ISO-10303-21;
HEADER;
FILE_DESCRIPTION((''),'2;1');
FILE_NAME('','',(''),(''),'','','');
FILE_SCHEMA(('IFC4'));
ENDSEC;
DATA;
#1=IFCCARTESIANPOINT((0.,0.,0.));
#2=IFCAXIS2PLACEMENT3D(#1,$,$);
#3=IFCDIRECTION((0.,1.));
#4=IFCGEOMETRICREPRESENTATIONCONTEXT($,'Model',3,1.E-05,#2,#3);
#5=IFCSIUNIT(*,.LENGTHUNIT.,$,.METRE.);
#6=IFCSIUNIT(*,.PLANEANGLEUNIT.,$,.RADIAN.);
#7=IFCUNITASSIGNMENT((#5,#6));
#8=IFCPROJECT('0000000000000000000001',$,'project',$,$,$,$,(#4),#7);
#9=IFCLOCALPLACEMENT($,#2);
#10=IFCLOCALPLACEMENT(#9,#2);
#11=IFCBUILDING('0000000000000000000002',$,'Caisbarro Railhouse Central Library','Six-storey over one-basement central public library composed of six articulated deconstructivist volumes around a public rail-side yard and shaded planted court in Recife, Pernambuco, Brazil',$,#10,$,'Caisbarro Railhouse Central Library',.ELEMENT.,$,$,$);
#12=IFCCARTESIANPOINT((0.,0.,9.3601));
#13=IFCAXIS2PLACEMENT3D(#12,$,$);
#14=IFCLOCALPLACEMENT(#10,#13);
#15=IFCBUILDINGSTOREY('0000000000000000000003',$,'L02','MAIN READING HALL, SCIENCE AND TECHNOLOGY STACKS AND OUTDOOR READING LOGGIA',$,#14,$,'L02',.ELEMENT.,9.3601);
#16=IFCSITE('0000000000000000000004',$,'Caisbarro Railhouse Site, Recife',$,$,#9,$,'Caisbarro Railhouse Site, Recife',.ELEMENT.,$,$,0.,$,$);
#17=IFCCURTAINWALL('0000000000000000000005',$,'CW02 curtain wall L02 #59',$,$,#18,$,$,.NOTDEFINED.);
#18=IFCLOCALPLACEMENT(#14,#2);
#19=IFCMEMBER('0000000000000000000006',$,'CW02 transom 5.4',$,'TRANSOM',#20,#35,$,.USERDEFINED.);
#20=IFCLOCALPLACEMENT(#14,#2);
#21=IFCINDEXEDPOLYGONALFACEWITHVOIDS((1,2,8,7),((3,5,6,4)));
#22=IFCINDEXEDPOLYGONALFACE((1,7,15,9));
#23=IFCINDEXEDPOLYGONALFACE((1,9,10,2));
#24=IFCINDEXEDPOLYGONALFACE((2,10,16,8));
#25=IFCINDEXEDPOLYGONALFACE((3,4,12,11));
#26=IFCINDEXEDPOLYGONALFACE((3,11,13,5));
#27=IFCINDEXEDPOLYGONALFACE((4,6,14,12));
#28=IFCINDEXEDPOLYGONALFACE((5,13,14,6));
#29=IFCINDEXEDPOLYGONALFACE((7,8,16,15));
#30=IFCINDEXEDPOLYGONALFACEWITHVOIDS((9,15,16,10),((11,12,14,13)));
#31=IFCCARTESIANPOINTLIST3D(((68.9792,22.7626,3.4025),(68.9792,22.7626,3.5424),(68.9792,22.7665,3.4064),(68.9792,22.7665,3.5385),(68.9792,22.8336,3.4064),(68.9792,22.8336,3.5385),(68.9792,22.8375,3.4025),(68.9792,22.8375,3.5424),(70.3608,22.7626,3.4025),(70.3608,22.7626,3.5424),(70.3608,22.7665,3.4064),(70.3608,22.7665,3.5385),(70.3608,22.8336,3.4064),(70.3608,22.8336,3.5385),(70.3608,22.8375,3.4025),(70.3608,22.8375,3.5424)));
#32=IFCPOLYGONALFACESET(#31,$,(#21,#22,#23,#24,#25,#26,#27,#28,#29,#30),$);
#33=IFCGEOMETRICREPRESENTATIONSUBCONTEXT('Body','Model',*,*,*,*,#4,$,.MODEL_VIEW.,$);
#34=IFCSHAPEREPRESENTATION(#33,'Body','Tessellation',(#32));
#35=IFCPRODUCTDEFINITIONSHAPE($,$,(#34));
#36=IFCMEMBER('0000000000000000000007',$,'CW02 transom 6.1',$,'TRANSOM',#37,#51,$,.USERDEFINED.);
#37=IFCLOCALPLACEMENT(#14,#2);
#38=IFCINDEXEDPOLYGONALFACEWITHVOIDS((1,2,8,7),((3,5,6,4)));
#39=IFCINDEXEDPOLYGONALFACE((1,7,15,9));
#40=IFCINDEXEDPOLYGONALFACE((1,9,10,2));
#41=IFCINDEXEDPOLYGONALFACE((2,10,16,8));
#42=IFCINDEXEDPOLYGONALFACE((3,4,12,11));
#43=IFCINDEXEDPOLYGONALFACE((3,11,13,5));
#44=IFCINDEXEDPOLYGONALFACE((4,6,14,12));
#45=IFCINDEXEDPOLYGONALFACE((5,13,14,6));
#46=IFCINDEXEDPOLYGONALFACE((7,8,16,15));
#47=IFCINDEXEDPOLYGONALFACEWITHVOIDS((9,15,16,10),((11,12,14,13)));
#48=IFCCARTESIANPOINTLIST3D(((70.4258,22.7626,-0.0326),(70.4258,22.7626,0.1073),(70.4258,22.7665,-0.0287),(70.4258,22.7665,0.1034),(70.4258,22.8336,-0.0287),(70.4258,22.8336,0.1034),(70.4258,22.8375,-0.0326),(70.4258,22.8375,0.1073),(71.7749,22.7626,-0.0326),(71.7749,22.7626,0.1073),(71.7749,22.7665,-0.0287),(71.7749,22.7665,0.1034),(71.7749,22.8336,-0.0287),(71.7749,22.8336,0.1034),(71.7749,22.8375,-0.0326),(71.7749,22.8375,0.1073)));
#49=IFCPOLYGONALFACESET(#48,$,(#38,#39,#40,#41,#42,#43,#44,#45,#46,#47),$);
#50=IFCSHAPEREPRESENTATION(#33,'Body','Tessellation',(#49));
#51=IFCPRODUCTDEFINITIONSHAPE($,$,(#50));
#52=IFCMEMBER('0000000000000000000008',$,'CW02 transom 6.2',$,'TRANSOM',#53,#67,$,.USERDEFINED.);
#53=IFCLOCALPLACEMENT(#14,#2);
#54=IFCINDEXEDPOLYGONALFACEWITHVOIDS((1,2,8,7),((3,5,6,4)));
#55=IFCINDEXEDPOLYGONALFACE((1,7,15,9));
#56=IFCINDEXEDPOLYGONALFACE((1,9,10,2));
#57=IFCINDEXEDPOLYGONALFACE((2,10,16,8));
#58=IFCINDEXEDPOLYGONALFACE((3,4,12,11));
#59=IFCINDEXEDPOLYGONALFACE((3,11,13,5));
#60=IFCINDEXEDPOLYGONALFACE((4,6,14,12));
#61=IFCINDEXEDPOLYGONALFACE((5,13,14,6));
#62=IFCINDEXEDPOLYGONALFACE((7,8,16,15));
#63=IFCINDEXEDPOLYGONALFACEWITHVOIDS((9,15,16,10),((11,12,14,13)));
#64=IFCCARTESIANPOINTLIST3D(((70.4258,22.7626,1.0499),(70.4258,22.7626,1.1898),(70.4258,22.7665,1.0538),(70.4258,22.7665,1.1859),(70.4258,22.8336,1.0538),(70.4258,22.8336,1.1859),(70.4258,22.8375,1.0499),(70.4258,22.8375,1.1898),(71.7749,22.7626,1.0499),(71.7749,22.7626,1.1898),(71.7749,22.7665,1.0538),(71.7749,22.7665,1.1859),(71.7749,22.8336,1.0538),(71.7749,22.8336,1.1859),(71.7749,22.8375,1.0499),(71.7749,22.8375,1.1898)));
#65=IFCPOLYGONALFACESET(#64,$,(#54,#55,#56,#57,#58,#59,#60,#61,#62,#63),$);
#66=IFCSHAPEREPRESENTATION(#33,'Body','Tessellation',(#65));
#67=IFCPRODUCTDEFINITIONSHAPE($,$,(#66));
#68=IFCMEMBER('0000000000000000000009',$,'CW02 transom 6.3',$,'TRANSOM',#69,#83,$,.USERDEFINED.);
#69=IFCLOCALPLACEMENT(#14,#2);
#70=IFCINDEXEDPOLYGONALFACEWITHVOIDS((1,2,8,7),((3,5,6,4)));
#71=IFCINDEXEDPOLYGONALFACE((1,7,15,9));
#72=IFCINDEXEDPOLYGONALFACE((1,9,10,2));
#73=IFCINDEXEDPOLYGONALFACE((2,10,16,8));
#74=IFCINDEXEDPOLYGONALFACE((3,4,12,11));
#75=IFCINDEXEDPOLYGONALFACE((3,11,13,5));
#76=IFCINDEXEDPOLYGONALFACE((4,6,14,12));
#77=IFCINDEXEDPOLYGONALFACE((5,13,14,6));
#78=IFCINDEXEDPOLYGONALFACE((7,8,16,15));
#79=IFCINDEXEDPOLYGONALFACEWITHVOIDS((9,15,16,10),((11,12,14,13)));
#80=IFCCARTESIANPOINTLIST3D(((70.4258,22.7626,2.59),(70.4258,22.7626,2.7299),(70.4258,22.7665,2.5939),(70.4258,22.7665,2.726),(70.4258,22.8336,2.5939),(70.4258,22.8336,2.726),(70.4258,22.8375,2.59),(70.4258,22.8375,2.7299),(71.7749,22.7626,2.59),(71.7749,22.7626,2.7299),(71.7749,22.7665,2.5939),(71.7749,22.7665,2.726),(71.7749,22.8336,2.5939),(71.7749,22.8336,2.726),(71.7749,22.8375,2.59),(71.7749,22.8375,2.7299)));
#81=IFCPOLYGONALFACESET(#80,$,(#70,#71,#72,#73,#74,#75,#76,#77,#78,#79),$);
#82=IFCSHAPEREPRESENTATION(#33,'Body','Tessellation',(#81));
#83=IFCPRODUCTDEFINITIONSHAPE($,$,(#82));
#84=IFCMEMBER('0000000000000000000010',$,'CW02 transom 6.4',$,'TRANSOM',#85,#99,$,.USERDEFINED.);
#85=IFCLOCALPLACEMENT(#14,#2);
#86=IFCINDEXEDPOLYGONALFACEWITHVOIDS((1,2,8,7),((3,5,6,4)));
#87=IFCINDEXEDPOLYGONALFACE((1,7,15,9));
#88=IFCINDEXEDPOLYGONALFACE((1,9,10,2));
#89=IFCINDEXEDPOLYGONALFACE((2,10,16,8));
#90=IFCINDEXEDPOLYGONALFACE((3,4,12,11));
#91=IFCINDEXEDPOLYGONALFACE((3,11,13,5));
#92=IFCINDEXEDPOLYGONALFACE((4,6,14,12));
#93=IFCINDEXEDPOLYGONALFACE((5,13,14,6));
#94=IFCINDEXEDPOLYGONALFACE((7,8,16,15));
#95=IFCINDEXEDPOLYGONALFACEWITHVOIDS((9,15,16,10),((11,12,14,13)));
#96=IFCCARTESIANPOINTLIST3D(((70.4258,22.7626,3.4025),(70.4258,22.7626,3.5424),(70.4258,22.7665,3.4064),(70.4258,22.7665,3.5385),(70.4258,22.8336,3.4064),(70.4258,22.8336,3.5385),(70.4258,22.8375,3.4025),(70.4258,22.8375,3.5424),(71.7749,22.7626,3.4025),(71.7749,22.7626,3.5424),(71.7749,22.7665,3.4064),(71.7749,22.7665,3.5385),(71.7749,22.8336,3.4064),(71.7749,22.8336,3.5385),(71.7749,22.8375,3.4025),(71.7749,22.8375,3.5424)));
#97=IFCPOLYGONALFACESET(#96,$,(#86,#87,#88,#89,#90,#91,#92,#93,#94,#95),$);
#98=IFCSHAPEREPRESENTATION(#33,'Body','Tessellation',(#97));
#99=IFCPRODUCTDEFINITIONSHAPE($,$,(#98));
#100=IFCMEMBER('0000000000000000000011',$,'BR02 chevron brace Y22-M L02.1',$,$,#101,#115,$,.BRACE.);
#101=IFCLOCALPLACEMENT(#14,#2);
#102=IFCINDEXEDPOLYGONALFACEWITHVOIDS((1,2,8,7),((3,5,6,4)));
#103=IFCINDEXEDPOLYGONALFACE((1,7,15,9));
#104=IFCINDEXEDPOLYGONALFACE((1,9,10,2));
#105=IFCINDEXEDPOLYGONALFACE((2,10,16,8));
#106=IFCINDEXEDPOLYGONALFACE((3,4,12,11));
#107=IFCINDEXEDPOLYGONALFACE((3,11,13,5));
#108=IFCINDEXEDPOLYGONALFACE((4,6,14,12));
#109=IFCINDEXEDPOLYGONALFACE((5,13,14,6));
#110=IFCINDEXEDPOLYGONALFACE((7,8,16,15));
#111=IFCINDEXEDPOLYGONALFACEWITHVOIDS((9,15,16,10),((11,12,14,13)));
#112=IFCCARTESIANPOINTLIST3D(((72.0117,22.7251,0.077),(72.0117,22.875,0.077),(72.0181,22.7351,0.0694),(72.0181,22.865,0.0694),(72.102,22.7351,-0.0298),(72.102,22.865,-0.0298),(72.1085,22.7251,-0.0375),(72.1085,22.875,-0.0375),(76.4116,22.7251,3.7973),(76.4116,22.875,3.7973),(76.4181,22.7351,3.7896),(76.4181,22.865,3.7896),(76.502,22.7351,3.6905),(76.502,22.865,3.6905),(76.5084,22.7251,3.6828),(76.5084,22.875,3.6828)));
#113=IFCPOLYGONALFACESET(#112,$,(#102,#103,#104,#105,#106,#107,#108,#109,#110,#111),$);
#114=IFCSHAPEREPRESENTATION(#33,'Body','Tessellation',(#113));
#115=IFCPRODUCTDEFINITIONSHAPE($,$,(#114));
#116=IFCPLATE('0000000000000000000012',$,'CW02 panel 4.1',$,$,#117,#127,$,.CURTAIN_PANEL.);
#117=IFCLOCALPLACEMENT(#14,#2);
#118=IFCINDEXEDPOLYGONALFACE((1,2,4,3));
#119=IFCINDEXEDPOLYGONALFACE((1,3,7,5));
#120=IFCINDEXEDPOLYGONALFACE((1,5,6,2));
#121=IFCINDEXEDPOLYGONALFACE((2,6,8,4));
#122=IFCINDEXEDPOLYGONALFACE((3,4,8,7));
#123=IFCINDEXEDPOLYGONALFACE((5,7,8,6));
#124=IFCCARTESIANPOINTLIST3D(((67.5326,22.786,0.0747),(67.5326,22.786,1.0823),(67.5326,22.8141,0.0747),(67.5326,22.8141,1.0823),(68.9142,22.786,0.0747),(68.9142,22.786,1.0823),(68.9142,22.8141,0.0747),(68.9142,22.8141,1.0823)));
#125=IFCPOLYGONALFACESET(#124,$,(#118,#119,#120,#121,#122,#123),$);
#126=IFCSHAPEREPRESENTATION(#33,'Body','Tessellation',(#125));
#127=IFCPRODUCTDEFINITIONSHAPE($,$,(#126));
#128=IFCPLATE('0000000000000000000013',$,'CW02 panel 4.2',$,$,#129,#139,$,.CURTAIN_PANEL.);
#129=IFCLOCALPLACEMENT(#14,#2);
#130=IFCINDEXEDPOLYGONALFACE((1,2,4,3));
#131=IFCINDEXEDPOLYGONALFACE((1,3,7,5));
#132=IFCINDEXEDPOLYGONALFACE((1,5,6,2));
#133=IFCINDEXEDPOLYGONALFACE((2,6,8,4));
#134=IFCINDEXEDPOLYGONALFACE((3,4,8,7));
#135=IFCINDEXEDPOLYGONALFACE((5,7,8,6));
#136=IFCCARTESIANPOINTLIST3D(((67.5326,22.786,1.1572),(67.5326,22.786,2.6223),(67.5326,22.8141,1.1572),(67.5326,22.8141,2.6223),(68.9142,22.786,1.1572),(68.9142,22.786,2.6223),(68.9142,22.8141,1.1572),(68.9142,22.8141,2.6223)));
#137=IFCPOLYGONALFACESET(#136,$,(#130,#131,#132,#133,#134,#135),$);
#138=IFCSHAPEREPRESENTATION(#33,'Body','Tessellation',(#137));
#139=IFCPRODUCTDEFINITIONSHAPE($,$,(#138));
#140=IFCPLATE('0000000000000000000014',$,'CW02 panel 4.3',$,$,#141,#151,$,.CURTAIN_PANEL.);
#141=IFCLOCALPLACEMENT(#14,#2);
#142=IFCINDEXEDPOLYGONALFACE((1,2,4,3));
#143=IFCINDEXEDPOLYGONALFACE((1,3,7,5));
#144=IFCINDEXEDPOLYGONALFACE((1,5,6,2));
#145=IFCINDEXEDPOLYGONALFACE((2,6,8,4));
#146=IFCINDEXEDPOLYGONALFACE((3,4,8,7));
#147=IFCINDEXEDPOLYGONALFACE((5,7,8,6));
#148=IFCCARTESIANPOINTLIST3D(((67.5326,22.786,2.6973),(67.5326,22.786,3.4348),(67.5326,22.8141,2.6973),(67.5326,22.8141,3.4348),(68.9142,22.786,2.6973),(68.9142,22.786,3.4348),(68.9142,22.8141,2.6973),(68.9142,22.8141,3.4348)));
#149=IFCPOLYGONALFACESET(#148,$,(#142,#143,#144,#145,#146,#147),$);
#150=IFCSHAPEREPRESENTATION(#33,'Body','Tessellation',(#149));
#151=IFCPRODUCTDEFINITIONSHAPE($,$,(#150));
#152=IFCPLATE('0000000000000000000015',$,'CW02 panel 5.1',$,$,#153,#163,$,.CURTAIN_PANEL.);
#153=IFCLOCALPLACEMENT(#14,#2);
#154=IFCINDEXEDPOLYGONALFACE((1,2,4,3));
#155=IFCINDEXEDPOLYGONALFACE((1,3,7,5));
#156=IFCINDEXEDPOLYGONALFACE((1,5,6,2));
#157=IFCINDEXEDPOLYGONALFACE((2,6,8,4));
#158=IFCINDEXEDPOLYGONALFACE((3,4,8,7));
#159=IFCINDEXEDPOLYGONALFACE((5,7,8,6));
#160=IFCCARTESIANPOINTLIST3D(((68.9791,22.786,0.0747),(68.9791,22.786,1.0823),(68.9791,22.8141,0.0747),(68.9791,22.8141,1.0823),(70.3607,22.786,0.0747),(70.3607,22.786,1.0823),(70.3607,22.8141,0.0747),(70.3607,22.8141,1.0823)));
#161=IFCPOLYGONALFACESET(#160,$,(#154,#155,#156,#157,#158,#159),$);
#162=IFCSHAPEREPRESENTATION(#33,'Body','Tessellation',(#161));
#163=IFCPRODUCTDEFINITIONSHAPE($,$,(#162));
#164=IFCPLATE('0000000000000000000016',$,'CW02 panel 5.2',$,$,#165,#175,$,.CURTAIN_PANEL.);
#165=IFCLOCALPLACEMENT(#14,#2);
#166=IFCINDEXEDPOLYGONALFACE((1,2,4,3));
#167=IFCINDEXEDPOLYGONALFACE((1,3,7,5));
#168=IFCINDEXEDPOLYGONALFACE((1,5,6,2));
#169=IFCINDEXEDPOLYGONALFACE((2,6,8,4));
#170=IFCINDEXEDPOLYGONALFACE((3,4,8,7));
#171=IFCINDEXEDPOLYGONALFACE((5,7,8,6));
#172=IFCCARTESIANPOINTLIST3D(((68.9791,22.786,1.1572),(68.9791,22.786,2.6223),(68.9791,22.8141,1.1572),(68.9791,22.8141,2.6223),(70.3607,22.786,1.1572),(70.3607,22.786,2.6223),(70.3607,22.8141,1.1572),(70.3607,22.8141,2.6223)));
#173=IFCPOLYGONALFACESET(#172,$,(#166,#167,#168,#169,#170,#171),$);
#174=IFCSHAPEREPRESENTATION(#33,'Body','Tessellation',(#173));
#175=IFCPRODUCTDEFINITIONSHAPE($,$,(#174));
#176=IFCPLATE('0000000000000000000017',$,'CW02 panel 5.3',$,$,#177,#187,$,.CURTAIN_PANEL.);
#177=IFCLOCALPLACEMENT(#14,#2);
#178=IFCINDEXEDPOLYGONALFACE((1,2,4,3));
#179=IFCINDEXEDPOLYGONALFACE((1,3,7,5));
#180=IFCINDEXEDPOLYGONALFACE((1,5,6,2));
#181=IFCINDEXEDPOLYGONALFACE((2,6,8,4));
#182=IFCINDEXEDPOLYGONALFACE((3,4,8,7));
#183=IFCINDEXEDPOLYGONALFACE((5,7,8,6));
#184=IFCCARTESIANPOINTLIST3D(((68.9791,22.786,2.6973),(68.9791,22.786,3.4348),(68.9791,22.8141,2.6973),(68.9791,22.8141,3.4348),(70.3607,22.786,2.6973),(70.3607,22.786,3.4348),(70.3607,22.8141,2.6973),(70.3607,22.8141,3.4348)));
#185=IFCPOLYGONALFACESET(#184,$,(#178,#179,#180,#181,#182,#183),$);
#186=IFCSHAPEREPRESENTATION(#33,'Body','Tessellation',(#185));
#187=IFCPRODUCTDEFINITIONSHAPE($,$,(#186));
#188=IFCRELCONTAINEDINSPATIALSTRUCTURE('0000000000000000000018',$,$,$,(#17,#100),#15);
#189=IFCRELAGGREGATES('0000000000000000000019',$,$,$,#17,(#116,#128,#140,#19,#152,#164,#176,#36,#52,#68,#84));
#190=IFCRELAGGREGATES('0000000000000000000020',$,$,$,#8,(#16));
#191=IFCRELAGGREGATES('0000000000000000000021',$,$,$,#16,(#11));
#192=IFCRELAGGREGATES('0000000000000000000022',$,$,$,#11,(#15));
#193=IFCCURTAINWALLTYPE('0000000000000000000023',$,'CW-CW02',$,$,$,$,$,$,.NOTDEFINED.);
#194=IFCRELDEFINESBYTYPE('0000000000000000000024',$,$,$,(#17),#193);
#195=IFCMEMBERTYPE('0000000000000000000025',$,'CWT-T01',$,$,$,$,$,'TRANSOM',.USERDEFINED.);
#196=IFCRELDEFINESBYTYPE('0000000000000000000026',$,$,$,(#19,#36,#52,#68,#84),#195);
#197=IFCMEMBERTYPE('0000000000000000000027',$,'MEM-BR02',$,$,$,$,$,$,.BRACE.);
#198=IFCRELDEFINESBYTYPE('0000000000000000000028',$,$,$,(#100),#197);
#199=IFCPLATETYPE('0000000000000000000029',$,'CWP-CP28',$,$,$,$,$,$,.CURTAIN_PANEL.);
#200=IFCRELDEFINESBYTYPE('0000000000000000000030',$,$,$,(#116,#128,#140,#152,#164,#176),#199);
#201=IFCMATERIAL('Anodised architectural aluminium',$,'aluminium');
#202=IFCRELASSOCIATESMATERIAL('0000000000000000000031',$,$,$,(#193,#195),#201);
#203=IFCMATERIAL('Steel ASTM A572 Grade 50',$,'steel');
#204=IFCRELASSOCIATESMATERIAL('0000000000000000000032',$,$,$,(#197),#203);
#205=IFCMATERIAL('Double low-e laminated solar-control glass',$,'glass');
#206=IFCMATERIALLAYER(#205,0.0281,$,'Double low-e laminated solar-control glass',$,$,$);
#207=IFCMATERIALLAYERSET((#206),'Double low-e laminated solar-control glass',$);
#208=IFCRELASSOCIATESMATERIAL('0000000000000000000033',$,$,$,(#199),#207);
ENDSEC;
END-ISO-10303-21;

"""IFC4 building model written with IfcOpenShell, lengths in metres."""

from ifc_helpers import new_model, si_unit, direction, frame, origin, origin_2d, place, context, subcontext, project, spatial, rectangle, hollow_rectangle, extrude, material, layer, layer_set, material_profile, profile_set, type_object, element, aggregate, save


model = new_model("IFC4")

# Units and contexts
model_context = context("Model", 3, precision=1e-05, world=origin(), true_north=direction((0.0, 1.0)))
body_context = subcontext(model_context, "Body", "Model", "MODEL_VIEW")
ifc_project = project(units=[si_unit("LENGTHUNIT", "METRE"), si_unit("PLANEANGLEUNIT", "RADIAN")], contexts=[model_context])

# Site, building, storey
site_placement = place(None, origin())
site = spatial("IfcSite", under=ifc_project, at=site_placement, Name="Caisbarro Railhouse Site, Recife", LongName="Caisbarro Railhouse Site, Recife", CompositionType="ELEMENT", RefElevation=0.0)
building_placement = place(site_placement, origin())
building = spatial("IfcBuilding", under=site, at=building_placement, Name="Caisbarro Railhouse Central Library", Description="Six-storey over one-basement central public library composed of six articulated deconstructivist volumes around a public rail-side yard and shaded planted court in Recife, Pernambuco, Brazil", LongName="Caisbarro Railhouse Central Library", CompositionType="ELEMENT")
storey_placement = place(building_placement, frame((0.0, 0.0, 9.3601)))
storey = spatial("IfcBuildingStorey", under=building, at=storey_placement, Name="L02", Description="MAIN READING HALL, SCIENCE AND TECHNOLOGY STACKS AND OUTDOOR READING LOGGIA", LongName="L02", CompositionType="ELEMENT", Elevation=9.3601)

# Shared definitions
ifc_material_1 = material(Name="Steel ASTM A572 Grade 50", Category="steel")

# Curtain wall, members
ifc_material_2 = material(Name="Anodised architectural aluminium", Category="aluminium")
curtain_wall_type = type_object("IfcCurtainWallType", Name="CW-CW02", PredefinedType="NOTDEFINED", material=ifc_material_2)
curtain_wall_placement = place(storey_placement, origin())
curtain_wall = element("IfcCurtainWall", 1, at=curtain_wall_placement, inside=storey, type_object=curtain_wall_type, Name="CW02 curtain wall L02 #59", PredefinedType="NOTDEFINED")
ifc_material_profile_1 = material_profile(ifc_material_2, hollow_rectangle(XDim=0.075, YDim=0.1399, WallThickness=0.0039, at=origin_2d()), Name="ALU-TRN-75X140")
ifc_profile_set_1 = profile_set([ifc_material_profile_1], Name="Anodised architectural aluminium")
member_type_1 = type_object("IfcMemberType", Name="CWT-T01", ElementType="TRANSOM", PredefinedType="USERDEFINED", material=ifc_profile_set_1)
member_1_placement = place(storey_placement, frame((68.9792, 22.8, 3.4724), z_axis=(1.0, 0.0, 0.0), x_axis=(0.0, 1.0, 0.0)))
member_1 = element("IfcMember", 2, at=member_1_placement, type_object=member_type_1, Name="CW02 transom 5.4", ObjectType="TRANSOM", PredefinedType="USERDEFINED", context=body_context, shape_type="SweptSolid", body=[
    extrude(hollow_rectangle(XDim=0.075, YDim=0.1399, WallThickness=0.0039, at=origin_2d()), origin(), (0.0, 0.0, 1.0), 1.3816),
])
member_2_placement = place(storey_placement, frame((70.4258, 22.8, 0.0374), z_axis=(1.0, 0.0, 0.0), x_axis=(0.0, 1.0, 0.0)))
member_2 = element("IfcMember", 3, at=member_2_placement, type_object=member_type_1, Name="CW02 transom 6.1", ObjectType="TRANSOM", PredefinedType="USERDEFINED", context=body_context, shape_type="SweptSolid", body=[
    extrude(hollow_rectangle(XDim=0.075, YDim=0.1399, WallThickness=0.0039, at=origin_2d()), origin(), (0.0, 0.0, 1.0), 1.3491),
])
member_3_placement = place(storey_placement, frame((70.4258, 22.8, 1.1199), z_axis=(1.0, 0.0, 0.0), x_axis=(0.0, 1.0, 0.0)))
member_3 = element("IfcMember", 4, at=member_3_placement, type_object=member_type_1, Name="CW02 transom 6.2", ObjectType="TRANSOM", PredefinedType="USERDEFINED", context=body_context, shape_type="SweptSolid", body=[
    extrude(hollow_rectangle(XDim=0.075, YDim=0.1399, WallThickness=0.0039, at=origin_2d()), origin(), (0.0, 0.0, 1.0), 1.3491),
])
member_4_placement = place(storey_placement, frame((70.4258, 22.8, 2.6599), z_axis=(1.0, 0.0, 0.0), x_axis=(0.0, 1.0, 0.0)))
member_4 = element("IfcMember", 5, at=member_4_placement, type_object=member_type_1, Name="CW02 transom 6.3", ObjectType="TRANSOM", PredefinedType="USERDEFINED", context=body_context, shape_type="SweptSolid", body=[
    extrude(hollow_rectangle(XDim=0.075, YDim=0.1399, WallThickness=0.0039, at=origin_2d()), origin(), (0.0, 0.0, 1.0), 1.3491),
])
member_5_placement = place(storey_placement, frame((70.4258, 22.8, 3.4724), z_axis=(1.0, 0.0, 0.0), x_axis=(0.0, 1.0, 0.0)))
member_5 = element("IfcMember", 6, at=member_5_placement, type_object=member_type_1, Name="CW02 transom 6.4", ObjectType="TRANSOM", PredefinedType="USERDEFINED", context=body_context, shape_type="SweptSolid", body=[
    extrude(hollow_rectangle(XDim=0.075, YDim=0.1399, WallThickness=0.0039, at=origin_2d()), origin(), (0.0, 0.0, 1.0), 1.3491),
])

# Member
ifc_material_profile_2 = material_profile(ifc_material_1, hollow_rectangle(XDim=0.1499, YDim=0.1499, WallThickness=0.01, at=origin_2d()), Name="HSS150X150X10")
ifc_profile_set_2 = profile_set([ifc_material_profile_2], Name="Steel ASTM A572 Grade 50")
member_type_2 = type_object("IfcMemberType", Name="MEM-BR02", PredefinedType="BRACE", material=ifc_profile_set_2)
member_6_placement = place(storey_placement, frame((72.0601, 22.8, 0.0198), z_axis=(0.763624, 0.0, 0.645661), x_axis=(0.0, 1.0, 0.0)))
element("IfcMember", 7, at=member_6_placement, inside=storey, type_object=member_type_2, Name="BR02 chevron brace Y22-M L02.1", PredefinedType="BRACE", context=body_context, shape_type="SweptSolid", body=[
    extrude(hollow_rectangle(XDim=0.1499, YDim=0.1499, WallThickness=0.01, at=origin_2d()), origin(), (0.0, 0.0, 1.0), 5.762),
])

# Plates
ifc_material_3 = material(Name="Double low-e laminated solar-control glass", Category="glass")
ifc_layer_1 = layer(ifc_material_3, 0.0281, Name="Double low-e laminated solar-control glass")
ifc_layer_set_1 = layer_set([ifc_layer_1], Name="Double low-e laminated solar-control glass")
plate_type_1 = type_object("IfcPlateType", Name="CWP-CP28", PredefinedType="CURTAIN_PANEL", material=ifc_layer_set_1)
plate_1_placement = place(storey_placement, frame((68.2234, 22.8, 0.0747), z_axis=(0.0, 0.0, 1.0), x_axis=(1.0, 0.0, 0.0)))
plate_1 = element("IfcPlate", 8, at=plate_1_placement, type_object=plate_type_1, Name="CW02 panel 4.1", PredefinedType="CURTAIN_PANEL", context=body_context, shape_type="SweptSolid", body=[
    extrude(rectangle(XDim=1.3816, YDim=0.0281, at=origin_2d()), origin(), (0.0, 0.0, 1.0), 1.0076),
])
plate_2_placement = place(storey_placement, frame((68.2234, 22.8, 1.1572), z_axis=(0.0, 0.0, 1.0), x_axis=(1.0, 0.0, 0.0)))
plate_2 = element("IfcPlate", 9, at=plate_2_placement, type_object=plate_type_1, Name="CW02 panel 4.2", PredefinedType="CURTAIN_PANEL", context=body_context, shape_type="SweptSolid", body=[
    extrude(rectangle(XDim=1.3816, YDim=0.0281, at=origin_2d()), origin(), (0.0, 0.0, 1.0), 1.4651),
])
plate_3_placement = place(storey_placement, frame((68.2234, 22.8, 2.6973), z_axis=(0.0, 0.0, 1.0), x_axis=(1.0, 0.0, 0.0)))
plate_3 = element("IfcPlate", 10, at=plate_3_placement, type_object=plate_type_1, Name="CW02 panel 4.3", PredefinedType="CURTAIN_PANEL", context=body_context, shape_type="SweptSolid", body=[
    extrude(rectangle(XDim=1.3816, YDim=0.0281, at=origin_2d()), origin(), (0.0, 0.0, 1.0), 0.7375),
])
plate_4_placement = place(storey_placement, frame((69.6699, 22.8, 0.0747), z_axis=(0.0, 0.0, 1.0), x_axis=(1.0, 0.0, 0.0)))
plate_4 = element("IfcPlate", 11, at=plate_4_placement, type_object=plate_type_1, Name="CW02 panel 5.1", PredefinedType="CURTAIN_PANEL", context=body_context, shape_type="SweptSolid", body=[
    extrude(rectangle(XDim=1.3816, YDim=0.0281, at=origin_2d()), origin(), (0.0, 0.0, 1.0), 1.0076),
])
plate_5_placement = place(storey_placement, frame((69.6699, 22.8, 1.1572), z_axis=(0.0, 0.0, 1.0), x_axis=(1.0, 0.0, 0.0)))
plate_5 = element("IfcPlate", 12, at=plate_5_placement, type_object=plate_type_1, Name="CW02 panel 5.2", PredefinedType="CURTAIN_PANEL", context=body_context, shape_type="SweptSolid", body=[
    extrude(rectangle(XDim=1.3816, YDim=0.0281, at=origin_2d()), origin(), (0.0, 0.0, 1.0), 1.4651),
])
plate_6_placement = place(storey_placement, frame((69.6699, 22.8, 2.6973), z_axis=(0.0, 0.0, 1.0), x_axis=(1.0, 0.0, 0.0)))
plate_6 = element("IfcPlate", 13, at=plate_6_placement, type_object=plate_type_1, Name="CW02 panel 5.3", PredefinedType="CURTAIN_PANEL", context=body_context, shape_type="SweptSolid", body=[
    extrude(rectangle(XDim=1.3816, YDim=0.0281, at=origin_2d()), origin(), (0.0, 0.0, 1.0), 0.7375),
])
aggregate(curtain_wall, [plate_1, plate_2, plate_3, member_1, plate_4, plate_5, plate_6, member_2, member_3, member_4, member_5])

save(model, "model.ifc")
